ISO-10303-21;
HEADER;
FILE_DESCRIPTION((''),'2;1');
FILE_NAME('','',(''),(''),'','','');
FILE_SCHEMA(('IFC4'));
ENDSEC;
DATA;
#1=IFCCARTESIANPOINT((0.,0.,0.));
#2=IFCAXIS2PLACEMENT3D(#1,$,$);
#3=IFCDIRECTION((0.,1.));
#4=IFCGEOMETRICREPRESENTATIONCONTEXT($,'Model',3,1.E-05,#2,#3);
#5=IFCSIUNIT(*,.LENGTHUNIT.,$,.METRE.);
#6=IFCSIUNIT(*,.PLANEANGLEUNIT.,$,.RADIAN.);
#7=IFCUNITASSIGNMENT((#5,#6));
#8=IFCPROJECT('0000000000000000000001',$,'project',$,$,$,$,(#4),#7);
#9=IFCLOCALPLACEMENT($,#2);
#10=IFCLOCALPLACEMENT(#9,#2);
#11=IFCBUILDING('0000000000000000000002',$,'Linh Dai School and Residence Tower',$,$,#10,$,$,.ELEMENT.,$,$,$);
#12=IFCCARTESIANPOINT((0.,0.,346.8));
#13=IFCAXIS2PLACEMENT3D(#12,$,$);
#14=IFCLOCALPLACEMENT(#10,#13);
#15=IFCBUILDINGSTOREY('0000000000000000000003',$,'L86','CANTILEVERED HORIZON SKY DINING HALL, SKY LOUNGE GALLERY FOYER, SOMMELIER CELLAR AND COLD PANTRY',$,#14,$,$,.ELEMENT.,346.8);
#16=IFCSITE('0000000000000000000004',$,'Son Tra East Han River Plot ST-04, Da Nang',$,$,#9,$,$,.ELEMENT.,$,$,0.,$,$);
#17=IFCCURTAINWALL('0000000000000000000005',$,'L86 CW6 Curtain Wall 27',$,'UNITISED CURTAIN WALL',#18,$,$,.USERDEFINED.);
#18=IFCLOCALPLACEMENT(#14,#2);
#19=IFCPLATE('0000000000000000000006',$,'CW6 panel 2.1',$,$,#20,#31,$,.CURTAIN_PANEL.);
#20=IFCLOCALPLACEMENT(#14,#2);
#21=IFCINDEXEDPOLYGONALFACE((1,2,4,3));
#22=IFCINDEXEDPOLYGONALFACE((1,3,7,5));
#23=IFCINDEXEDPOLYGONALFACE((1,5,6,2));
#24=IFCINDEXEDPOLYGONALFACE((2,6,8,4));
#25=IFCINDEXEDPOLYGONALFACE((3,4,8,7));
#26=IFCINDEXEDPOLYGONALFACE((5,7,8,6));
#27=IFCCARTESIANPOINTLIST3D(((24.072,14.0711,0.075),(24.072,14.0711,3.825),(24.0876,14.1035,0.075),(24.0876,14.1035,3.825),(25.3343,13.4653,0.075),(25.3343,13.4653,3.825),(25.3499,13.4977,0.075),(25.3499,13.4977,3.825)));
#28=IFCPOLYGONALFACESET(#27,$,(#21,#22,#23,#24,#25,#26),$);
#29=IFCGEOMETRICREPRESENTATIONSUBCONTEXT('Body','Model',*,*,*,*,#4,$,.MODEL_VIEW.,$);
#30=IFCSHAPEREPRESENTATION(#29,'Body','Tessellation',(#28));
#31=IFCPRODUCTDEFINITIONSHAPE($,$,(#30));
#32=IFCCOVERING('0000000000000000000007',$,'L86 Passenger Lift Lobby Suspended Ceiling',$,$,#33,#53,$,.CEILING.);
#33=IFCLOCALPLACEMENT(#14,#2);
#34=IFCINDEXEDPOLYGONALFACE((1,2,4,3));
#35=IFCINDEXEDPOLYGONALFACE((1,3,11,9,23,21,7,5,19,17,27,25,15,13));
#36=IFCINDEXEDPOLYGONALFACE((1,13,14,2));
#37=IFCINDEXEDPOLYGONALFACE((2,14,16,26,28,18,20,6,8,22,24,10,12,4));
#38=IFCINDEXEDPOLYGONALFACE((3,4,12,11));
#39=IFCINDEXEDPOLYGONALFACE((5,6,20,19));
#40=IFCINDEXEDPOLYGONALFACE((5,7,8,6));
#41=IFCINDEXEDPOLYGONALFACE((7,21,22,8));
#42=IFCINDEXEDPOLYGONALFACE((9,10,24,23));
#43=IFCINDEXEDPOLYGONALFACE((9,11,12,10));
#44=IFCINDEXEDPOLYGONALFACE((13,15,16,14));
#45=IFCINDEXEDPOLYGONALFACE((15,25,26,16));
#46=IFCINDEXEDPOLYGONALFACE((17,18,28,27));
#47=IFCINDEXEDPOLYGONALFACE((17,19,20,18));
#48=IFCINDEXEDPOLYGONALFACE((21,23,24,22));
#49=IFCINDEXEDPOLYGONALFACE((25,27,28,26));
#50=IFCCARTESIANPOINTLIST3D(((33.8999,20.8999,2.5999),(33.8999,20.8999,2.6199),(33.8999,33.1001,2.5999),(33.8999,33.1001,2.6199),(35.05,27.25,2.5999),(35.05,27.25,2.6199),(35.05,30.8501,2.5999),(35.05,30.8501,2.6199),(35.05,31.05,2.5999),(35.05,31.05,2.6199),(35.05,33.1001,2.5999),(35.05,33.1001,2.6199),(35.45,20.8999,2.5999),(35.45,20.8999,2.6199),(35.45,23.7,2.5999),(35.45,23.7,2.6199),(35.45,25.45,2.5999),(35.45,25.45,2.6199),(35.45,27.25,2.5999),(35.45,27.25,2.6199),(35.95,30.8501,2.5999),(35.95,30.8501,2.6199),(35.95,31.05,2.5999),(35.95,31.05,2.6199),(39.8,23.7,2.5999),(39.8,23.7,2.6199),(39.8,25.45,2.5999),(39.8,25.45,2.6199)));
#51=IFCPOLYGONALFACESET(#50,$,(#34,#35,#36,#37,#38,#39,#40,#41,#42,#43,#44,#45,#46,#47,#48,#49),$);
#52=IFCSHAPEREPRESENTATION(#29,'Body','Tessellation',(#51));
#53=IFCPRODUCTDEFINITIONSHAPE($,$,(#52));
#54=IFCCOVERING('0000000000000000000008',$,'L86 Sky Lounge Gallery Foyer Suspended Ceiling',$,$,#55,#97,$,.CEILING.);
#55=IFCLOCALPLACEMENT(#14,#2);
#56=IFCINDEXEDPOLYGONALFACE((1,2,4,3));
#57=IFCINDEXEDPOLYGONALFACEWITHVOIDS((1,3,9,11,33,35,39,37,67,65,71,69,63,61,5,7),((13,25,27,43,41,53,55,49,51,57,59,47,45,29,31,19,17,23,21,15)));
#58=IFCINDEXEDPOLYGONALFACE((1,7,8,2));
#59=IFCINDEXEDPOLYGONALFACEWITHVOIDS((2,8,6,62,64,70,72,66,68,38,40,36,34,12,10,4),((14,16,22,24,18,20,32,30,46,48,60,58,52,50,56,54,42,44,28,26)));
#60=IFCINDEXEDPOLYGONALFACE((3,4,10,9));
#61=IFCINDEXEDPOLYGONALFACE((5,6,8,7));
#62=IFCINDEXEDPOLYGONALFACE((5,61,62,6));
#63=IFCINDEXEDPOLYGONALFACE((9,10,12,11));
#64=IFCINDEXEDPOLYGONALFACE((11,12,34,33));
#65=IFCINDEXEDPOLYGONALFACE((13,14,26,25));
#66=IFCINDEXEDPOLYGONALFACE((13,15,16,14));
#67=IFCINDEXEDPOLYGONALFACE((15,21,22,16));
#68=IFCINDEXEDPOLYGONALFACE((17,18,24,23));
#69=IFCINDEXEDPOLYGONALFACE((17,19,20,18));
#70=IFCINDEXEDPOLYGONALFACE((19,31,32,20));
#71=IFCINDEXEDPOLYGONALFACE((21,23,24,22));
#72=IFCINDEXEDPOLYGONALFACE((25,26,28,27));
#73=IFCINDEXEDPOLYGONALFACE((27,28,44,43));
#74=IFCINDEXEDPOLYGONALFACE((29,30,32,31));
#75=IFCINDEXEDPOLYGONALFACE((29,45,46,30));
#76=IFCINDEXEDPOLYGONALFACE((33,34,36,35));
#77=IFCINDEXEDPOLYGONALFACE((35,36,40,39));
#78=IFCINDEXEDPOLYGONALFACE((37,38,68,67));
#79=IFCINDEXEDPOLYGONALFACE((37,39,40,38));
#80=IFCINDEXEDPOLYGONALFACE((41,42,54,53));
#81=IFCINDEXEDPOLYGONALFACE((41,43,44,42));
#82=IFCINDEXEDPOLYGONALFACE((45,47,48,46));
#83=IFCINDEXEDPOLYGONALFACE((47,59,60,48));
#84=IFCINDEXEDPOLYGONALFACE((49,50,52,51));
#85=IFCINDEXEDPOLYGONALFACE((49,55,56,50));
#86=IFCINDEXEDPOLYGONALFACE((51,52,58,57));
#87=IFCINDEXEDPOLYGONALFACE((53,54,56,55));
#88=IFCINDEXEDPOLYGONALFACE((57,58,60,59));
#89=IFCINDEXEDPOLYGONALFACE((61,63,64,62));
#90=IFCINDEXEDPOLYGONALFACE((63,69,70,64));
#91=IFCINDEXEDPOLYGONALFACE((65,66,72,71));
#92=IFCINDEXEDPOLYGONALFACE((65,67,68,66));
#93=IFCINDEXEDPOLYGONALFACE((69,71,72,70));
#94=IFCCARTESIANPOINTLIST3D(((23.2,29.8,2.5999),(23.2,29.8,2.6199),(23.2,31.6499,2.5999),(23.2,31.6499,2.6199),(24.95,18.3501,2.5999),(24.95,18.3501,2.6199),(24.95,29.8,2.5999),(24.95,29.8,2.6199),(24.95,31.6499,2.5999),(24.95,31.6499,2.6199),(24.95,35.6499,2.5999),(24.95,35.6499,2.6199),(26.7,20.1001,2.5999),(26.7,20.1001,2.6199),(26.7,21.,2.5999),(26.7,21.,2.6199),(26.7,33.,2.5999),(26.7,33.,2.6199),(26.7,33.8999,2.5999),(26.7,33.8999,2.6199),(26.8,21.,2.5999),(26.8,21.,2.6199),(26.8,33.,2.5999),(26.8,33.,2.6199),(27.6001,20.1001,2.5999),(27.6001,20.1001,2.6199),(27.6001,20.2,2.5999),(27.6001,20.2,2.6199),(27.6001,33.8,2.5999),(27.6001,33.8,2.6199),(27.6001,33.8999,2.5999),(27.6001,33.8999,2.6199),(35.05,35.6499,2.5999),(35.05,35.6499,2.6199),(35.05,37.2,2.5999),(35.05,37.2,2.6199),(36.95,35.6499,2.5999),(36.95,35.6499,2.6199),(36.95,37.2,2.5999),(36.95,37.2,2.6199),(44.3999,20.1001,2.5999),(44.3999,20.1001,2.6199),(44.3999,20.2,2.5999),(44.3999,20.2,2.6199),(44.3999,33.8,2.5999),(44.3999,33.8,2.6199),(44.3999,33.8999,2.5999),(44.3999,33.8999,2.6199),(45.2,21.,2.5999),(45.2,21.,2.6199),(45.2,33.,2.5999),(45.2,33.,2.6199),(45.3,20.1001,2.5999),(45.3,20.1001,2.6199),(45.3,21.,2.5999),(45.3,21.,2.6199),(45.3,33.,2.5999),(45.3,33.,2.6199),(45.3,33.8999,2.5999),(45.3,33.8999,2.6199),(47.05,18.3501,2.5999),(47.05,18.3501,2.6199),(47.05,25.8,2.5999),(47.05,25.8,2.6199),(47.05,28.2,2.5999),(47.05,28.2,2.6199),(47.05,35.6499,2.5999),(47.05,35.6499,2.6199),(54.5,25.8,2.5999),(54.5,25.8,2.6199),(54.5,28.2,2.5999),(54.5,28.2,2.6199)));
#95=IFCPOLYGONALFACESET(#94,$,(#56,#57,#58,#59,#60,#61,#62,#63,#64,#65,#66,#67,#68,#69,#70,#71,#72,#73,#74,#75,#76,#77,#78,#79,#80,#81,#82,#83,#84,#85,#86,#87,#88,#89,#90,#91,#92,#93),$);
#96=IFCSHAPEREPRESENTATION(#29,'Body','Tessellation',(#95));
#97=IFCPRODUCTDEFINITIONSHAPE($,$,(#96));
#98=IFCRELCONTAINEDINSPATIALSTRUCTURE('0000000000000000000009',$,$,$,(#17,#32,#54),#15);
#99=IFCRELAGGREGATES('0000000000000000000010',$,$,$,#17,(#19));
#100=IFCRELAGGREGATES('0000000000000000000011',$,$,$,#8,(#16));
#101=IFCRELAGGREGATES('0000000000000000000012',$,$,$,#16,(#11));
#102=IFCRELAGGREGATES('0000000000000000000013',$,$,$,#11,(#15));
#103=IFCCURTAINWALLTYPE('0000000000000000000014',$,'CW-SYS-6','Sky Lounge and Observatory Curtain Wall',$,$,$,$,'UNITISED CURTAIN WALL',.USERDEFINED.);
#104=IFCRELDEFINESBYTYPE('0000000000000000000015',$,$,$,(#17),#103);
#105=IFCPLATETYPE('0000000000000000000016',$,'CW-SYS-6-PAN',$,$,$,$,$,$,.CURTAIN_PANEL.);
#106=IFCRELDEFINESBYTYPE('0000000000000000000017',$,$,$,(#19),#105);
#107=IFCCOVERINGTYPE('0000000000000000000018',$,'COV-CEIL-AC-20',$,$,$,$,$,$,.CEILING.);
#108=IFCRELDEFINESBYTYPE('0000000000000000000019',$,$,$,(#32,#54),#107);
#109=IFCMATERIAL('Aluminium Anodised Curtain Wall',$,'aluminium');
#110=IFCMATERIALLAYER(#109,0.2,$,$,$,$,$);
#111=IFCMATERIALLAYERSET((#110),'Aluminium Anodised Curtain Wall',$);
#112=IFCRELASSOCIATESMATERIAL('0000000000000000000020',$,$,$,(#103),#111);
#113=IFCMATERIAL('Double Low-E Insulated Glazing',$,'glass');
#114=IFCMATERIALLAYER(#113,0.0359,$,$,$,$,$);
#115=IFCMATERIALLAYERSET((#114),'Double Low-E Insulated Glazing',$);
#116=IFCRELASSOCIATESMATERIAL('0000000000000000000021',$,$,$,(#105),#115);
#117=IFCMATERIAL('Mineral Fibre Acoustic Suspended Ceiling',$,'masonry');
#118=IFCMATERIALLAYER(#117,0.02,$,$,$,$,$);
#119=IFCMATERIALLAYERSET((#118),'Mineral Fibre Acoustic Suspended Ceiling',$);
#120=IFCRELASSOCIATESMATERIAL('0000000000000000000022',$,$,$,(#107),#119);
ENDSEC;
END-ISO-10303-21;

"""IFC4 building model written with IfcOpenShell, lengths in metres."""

from ifc_helpers import new_model, si_unit, direction, frame, origin, origin_2d, place, context, subcontext, project, spatial, polyline, rectangle, outline, extrude, source, transform, mapped, material, layer, layer_set, type_object, element, aggregate, save


model = new_model("IFC4")

# Units and contexts
model_context = context("Model", 3, precision=1e-05, world=origin(), true_north=direction((0.0, 1.0)))
body_context = subcontext(model_context, "Body", "Model", "MODEL_VIEW")
ifc_project = project(units=[si_unit("LENGTHUNIT", "METRE"), si_unit("PLANEANGLEUNIT", "RADIAN")], contexts=[model_context])

# Site, building, storey
site_placement = place(None, origin())
site = spatial("IfcSite", under=ifc_project, at=site_placement, Name="Son Tra East Han River Plot ST-04, Da Nang", CompositionType="ELEMENT", RefElevation=0.0)
building_placement = place(site_placement, origin())
building = spatial("IfcBuilding", under=site, at=building_placement, Name="Linh Dai School and Residence Tower", CompositionType="ELEMENT")
storey_placement = place(building_placement, frame((0.0, 0.0, 346.8)))
storey = spatial("IfcBuildingStorey", under=building, at=storey_placement, Name="L86", Description="CANTILEVERED HORIZON SKY DINING HALL, SKY LOUNGE GALLERY FOYER, SOMMELIER CELLAR AND COLD PANTRY", CompositionType="ELEMENT", Elevation=346.8)

# Curtain wall
ifc_material_1 = material(Name="Aluminium Anodised Curtain Wall", Category="aluminium")
ifc_layer_1 = layer(ifc_material_1, 0.2)
ifc_layer_set_1 = layer_set([ifc_layer_1], Name="Aluminium Anodised Curtain Wall")
curtain_wall_type = type_object("IfcCurtainWallType", Name="CW-SYS-6", Description="Sky Lounge and Observatory Curtain Wall", ElementType="UNITISED CURTAIN WALL", PredefinedType="USERDEFINED", material=ifc_layer_set_1)
curtain_wall_placement = place(storey_placement, origin())
curtain_wall = element("IfcCurtainWall", 1, at=curtain_wall_placement, inside=storey, type_object=curtain_wall_type, Name="L86 CW6 Curtain Wall 27", ObjectType="UNITISED CURTAIN WALL", PredefinedType="USERDEFINED")

# Plate
ifc_material_2 = material(Name="Double Low-E Insulated Glazing", Category="glass")
ifc_layer_2 = layer(ifc_material_2, 0.0359)
ifc_layer_set_2 = layer_set([ifc_layer_2], Name="Double Low-E Insulated Glazing")
plate_type = type_object("IfcPlateType", Name="CW-SYS-6-PAN", PredefinedType="CURTAIN_PANEL", material=ifc_layer_set_2)
shared_shape_1 = source(origin(), body_context, "Body", "SweptSolid", [
    extrude(rectangle(XDim=1.4001, YDim=0.0359, at=origin_2d()), origin(), (0.0, 0.0, 1.0), 3.75),
])
plate_placement = place(storey_placement, frame((24.7109, 13.7844, 0.075), z_axis=(0.0, 0.0, 1.0), x_axis=(-0.901551, 0.432674, 0.0)))
plate = element("IfcPlate", 2, at=plate_placement, type_object=plate_type, Name="CW6 panel 2.1", PredefinedType="CURTAIN_PANEL", context=body_context, shape_type="MappedRepresentation", body=[
    mapped(shared_shape_1, transform((0.0, 0.0, 0.0), x_axis=(1.0, 0.0, 0.0), y_axis=(0.0, 1.0, 0.0), z_axis=(0.0, 0.0, 1.0), scale=1.0)),
])
aggregate(curtain_wall, [plate])

# Coverings
ifc_material_3 = material(Name="Mineral Fibre Acoustic Suspended Ceiling", Category="masonry")
ifc_layer_3 = layer(ifc_material_3, 0.02)
ifc_layer_set_3 = layer_set([ifc_layer_3], Name="Mineral Fibre Acoustic Suspended Ceiling")
covering_type_1 = type_object("IfcCoveringType", Name="COV-CEIL-AC-20", PredefinedType="CEILING", material=ifc_layer_set_3)
covering_1_placement = place(storey_placement, frame((0.0, 0.0, 2.5999)))
element("IfcCovering", 3, at=covering_1_placement, inside=storey, type_object=covering_type_1, Name="L86 Passenger Lift Lobby Suspended Ceiling", PredefinedType="CEILING", context=body_context, shape_type="SweptSolid", body=[
    extrude(outline(polyline([(35.05, 33.1001), (35.05, 31.05), (35.95, 31.05), (35.95, 30.8501), (35.05, 30.8501), (35.05, 27.25), (35.45, 27.25), (35.45, 25.45), (39.8, 25.45), (39.8, 23.7), (35.45, 23.7), (35.45, 20.8999), (33.8999, 20.8999), (33.8999, 33.1001), (35.05, 33.1001)])), origin(), (0.0, 0.0, 1.0), 0.02),
])
covering_2_placement = place(storey_placement, frame((0.0, 0.0, 2.5999)))
element("IfcCovering", 4, at=covering_2_placement, inside=storey, type_object=covering_type_1, Name="L86 Sky Lounge Gallery Foyer Suspended Ceiling", PredefinedType="CEILING", context=body_context, shape_type="SweptSolid", body=[
    extrude(outline(polyline([(24.95, 31.6499), (24.95, 35.6499), (35.05, 35.6499), (35.05, 37.2), (36.95, 37.2), (36.95, 35.6499), (47.05, 35.6499), (47.05, 28.2), (54.5, 28.2), (54.5, 25.8), (47.05, 25.8), (47.05, 18.3501), (24.95, 18.3501), (24.95, 29.8), (23.2, 29.8), (23.2, 31.6499), (24.95, 31.6499)]), holes=[polyline([(27.6001, 33.8), (27.6001, 33.8999), (26.7, 33.8999), (26.7, 33.0), (26.8, 33.0), (26.8, 21.0), (26.7, 21.0), (26.7, 20.1001), (27.6001, 20.1001), (27.6001, 20.2), (44.3999, 20.2), (44.3999, 20.1001), (45.3, 20.1001), (45.3, 21.0), (45.2, 21.0), (45.2, 33.0), (45.3, 33.0), (45.3, 33.8999), (44.3999, 33.8999), (44.3999, 33.8), (27.6001, 33.8)])]), origin(), (0.0, 0.0, 1.0), 0.02),
])

save(model, "model.ifc")
